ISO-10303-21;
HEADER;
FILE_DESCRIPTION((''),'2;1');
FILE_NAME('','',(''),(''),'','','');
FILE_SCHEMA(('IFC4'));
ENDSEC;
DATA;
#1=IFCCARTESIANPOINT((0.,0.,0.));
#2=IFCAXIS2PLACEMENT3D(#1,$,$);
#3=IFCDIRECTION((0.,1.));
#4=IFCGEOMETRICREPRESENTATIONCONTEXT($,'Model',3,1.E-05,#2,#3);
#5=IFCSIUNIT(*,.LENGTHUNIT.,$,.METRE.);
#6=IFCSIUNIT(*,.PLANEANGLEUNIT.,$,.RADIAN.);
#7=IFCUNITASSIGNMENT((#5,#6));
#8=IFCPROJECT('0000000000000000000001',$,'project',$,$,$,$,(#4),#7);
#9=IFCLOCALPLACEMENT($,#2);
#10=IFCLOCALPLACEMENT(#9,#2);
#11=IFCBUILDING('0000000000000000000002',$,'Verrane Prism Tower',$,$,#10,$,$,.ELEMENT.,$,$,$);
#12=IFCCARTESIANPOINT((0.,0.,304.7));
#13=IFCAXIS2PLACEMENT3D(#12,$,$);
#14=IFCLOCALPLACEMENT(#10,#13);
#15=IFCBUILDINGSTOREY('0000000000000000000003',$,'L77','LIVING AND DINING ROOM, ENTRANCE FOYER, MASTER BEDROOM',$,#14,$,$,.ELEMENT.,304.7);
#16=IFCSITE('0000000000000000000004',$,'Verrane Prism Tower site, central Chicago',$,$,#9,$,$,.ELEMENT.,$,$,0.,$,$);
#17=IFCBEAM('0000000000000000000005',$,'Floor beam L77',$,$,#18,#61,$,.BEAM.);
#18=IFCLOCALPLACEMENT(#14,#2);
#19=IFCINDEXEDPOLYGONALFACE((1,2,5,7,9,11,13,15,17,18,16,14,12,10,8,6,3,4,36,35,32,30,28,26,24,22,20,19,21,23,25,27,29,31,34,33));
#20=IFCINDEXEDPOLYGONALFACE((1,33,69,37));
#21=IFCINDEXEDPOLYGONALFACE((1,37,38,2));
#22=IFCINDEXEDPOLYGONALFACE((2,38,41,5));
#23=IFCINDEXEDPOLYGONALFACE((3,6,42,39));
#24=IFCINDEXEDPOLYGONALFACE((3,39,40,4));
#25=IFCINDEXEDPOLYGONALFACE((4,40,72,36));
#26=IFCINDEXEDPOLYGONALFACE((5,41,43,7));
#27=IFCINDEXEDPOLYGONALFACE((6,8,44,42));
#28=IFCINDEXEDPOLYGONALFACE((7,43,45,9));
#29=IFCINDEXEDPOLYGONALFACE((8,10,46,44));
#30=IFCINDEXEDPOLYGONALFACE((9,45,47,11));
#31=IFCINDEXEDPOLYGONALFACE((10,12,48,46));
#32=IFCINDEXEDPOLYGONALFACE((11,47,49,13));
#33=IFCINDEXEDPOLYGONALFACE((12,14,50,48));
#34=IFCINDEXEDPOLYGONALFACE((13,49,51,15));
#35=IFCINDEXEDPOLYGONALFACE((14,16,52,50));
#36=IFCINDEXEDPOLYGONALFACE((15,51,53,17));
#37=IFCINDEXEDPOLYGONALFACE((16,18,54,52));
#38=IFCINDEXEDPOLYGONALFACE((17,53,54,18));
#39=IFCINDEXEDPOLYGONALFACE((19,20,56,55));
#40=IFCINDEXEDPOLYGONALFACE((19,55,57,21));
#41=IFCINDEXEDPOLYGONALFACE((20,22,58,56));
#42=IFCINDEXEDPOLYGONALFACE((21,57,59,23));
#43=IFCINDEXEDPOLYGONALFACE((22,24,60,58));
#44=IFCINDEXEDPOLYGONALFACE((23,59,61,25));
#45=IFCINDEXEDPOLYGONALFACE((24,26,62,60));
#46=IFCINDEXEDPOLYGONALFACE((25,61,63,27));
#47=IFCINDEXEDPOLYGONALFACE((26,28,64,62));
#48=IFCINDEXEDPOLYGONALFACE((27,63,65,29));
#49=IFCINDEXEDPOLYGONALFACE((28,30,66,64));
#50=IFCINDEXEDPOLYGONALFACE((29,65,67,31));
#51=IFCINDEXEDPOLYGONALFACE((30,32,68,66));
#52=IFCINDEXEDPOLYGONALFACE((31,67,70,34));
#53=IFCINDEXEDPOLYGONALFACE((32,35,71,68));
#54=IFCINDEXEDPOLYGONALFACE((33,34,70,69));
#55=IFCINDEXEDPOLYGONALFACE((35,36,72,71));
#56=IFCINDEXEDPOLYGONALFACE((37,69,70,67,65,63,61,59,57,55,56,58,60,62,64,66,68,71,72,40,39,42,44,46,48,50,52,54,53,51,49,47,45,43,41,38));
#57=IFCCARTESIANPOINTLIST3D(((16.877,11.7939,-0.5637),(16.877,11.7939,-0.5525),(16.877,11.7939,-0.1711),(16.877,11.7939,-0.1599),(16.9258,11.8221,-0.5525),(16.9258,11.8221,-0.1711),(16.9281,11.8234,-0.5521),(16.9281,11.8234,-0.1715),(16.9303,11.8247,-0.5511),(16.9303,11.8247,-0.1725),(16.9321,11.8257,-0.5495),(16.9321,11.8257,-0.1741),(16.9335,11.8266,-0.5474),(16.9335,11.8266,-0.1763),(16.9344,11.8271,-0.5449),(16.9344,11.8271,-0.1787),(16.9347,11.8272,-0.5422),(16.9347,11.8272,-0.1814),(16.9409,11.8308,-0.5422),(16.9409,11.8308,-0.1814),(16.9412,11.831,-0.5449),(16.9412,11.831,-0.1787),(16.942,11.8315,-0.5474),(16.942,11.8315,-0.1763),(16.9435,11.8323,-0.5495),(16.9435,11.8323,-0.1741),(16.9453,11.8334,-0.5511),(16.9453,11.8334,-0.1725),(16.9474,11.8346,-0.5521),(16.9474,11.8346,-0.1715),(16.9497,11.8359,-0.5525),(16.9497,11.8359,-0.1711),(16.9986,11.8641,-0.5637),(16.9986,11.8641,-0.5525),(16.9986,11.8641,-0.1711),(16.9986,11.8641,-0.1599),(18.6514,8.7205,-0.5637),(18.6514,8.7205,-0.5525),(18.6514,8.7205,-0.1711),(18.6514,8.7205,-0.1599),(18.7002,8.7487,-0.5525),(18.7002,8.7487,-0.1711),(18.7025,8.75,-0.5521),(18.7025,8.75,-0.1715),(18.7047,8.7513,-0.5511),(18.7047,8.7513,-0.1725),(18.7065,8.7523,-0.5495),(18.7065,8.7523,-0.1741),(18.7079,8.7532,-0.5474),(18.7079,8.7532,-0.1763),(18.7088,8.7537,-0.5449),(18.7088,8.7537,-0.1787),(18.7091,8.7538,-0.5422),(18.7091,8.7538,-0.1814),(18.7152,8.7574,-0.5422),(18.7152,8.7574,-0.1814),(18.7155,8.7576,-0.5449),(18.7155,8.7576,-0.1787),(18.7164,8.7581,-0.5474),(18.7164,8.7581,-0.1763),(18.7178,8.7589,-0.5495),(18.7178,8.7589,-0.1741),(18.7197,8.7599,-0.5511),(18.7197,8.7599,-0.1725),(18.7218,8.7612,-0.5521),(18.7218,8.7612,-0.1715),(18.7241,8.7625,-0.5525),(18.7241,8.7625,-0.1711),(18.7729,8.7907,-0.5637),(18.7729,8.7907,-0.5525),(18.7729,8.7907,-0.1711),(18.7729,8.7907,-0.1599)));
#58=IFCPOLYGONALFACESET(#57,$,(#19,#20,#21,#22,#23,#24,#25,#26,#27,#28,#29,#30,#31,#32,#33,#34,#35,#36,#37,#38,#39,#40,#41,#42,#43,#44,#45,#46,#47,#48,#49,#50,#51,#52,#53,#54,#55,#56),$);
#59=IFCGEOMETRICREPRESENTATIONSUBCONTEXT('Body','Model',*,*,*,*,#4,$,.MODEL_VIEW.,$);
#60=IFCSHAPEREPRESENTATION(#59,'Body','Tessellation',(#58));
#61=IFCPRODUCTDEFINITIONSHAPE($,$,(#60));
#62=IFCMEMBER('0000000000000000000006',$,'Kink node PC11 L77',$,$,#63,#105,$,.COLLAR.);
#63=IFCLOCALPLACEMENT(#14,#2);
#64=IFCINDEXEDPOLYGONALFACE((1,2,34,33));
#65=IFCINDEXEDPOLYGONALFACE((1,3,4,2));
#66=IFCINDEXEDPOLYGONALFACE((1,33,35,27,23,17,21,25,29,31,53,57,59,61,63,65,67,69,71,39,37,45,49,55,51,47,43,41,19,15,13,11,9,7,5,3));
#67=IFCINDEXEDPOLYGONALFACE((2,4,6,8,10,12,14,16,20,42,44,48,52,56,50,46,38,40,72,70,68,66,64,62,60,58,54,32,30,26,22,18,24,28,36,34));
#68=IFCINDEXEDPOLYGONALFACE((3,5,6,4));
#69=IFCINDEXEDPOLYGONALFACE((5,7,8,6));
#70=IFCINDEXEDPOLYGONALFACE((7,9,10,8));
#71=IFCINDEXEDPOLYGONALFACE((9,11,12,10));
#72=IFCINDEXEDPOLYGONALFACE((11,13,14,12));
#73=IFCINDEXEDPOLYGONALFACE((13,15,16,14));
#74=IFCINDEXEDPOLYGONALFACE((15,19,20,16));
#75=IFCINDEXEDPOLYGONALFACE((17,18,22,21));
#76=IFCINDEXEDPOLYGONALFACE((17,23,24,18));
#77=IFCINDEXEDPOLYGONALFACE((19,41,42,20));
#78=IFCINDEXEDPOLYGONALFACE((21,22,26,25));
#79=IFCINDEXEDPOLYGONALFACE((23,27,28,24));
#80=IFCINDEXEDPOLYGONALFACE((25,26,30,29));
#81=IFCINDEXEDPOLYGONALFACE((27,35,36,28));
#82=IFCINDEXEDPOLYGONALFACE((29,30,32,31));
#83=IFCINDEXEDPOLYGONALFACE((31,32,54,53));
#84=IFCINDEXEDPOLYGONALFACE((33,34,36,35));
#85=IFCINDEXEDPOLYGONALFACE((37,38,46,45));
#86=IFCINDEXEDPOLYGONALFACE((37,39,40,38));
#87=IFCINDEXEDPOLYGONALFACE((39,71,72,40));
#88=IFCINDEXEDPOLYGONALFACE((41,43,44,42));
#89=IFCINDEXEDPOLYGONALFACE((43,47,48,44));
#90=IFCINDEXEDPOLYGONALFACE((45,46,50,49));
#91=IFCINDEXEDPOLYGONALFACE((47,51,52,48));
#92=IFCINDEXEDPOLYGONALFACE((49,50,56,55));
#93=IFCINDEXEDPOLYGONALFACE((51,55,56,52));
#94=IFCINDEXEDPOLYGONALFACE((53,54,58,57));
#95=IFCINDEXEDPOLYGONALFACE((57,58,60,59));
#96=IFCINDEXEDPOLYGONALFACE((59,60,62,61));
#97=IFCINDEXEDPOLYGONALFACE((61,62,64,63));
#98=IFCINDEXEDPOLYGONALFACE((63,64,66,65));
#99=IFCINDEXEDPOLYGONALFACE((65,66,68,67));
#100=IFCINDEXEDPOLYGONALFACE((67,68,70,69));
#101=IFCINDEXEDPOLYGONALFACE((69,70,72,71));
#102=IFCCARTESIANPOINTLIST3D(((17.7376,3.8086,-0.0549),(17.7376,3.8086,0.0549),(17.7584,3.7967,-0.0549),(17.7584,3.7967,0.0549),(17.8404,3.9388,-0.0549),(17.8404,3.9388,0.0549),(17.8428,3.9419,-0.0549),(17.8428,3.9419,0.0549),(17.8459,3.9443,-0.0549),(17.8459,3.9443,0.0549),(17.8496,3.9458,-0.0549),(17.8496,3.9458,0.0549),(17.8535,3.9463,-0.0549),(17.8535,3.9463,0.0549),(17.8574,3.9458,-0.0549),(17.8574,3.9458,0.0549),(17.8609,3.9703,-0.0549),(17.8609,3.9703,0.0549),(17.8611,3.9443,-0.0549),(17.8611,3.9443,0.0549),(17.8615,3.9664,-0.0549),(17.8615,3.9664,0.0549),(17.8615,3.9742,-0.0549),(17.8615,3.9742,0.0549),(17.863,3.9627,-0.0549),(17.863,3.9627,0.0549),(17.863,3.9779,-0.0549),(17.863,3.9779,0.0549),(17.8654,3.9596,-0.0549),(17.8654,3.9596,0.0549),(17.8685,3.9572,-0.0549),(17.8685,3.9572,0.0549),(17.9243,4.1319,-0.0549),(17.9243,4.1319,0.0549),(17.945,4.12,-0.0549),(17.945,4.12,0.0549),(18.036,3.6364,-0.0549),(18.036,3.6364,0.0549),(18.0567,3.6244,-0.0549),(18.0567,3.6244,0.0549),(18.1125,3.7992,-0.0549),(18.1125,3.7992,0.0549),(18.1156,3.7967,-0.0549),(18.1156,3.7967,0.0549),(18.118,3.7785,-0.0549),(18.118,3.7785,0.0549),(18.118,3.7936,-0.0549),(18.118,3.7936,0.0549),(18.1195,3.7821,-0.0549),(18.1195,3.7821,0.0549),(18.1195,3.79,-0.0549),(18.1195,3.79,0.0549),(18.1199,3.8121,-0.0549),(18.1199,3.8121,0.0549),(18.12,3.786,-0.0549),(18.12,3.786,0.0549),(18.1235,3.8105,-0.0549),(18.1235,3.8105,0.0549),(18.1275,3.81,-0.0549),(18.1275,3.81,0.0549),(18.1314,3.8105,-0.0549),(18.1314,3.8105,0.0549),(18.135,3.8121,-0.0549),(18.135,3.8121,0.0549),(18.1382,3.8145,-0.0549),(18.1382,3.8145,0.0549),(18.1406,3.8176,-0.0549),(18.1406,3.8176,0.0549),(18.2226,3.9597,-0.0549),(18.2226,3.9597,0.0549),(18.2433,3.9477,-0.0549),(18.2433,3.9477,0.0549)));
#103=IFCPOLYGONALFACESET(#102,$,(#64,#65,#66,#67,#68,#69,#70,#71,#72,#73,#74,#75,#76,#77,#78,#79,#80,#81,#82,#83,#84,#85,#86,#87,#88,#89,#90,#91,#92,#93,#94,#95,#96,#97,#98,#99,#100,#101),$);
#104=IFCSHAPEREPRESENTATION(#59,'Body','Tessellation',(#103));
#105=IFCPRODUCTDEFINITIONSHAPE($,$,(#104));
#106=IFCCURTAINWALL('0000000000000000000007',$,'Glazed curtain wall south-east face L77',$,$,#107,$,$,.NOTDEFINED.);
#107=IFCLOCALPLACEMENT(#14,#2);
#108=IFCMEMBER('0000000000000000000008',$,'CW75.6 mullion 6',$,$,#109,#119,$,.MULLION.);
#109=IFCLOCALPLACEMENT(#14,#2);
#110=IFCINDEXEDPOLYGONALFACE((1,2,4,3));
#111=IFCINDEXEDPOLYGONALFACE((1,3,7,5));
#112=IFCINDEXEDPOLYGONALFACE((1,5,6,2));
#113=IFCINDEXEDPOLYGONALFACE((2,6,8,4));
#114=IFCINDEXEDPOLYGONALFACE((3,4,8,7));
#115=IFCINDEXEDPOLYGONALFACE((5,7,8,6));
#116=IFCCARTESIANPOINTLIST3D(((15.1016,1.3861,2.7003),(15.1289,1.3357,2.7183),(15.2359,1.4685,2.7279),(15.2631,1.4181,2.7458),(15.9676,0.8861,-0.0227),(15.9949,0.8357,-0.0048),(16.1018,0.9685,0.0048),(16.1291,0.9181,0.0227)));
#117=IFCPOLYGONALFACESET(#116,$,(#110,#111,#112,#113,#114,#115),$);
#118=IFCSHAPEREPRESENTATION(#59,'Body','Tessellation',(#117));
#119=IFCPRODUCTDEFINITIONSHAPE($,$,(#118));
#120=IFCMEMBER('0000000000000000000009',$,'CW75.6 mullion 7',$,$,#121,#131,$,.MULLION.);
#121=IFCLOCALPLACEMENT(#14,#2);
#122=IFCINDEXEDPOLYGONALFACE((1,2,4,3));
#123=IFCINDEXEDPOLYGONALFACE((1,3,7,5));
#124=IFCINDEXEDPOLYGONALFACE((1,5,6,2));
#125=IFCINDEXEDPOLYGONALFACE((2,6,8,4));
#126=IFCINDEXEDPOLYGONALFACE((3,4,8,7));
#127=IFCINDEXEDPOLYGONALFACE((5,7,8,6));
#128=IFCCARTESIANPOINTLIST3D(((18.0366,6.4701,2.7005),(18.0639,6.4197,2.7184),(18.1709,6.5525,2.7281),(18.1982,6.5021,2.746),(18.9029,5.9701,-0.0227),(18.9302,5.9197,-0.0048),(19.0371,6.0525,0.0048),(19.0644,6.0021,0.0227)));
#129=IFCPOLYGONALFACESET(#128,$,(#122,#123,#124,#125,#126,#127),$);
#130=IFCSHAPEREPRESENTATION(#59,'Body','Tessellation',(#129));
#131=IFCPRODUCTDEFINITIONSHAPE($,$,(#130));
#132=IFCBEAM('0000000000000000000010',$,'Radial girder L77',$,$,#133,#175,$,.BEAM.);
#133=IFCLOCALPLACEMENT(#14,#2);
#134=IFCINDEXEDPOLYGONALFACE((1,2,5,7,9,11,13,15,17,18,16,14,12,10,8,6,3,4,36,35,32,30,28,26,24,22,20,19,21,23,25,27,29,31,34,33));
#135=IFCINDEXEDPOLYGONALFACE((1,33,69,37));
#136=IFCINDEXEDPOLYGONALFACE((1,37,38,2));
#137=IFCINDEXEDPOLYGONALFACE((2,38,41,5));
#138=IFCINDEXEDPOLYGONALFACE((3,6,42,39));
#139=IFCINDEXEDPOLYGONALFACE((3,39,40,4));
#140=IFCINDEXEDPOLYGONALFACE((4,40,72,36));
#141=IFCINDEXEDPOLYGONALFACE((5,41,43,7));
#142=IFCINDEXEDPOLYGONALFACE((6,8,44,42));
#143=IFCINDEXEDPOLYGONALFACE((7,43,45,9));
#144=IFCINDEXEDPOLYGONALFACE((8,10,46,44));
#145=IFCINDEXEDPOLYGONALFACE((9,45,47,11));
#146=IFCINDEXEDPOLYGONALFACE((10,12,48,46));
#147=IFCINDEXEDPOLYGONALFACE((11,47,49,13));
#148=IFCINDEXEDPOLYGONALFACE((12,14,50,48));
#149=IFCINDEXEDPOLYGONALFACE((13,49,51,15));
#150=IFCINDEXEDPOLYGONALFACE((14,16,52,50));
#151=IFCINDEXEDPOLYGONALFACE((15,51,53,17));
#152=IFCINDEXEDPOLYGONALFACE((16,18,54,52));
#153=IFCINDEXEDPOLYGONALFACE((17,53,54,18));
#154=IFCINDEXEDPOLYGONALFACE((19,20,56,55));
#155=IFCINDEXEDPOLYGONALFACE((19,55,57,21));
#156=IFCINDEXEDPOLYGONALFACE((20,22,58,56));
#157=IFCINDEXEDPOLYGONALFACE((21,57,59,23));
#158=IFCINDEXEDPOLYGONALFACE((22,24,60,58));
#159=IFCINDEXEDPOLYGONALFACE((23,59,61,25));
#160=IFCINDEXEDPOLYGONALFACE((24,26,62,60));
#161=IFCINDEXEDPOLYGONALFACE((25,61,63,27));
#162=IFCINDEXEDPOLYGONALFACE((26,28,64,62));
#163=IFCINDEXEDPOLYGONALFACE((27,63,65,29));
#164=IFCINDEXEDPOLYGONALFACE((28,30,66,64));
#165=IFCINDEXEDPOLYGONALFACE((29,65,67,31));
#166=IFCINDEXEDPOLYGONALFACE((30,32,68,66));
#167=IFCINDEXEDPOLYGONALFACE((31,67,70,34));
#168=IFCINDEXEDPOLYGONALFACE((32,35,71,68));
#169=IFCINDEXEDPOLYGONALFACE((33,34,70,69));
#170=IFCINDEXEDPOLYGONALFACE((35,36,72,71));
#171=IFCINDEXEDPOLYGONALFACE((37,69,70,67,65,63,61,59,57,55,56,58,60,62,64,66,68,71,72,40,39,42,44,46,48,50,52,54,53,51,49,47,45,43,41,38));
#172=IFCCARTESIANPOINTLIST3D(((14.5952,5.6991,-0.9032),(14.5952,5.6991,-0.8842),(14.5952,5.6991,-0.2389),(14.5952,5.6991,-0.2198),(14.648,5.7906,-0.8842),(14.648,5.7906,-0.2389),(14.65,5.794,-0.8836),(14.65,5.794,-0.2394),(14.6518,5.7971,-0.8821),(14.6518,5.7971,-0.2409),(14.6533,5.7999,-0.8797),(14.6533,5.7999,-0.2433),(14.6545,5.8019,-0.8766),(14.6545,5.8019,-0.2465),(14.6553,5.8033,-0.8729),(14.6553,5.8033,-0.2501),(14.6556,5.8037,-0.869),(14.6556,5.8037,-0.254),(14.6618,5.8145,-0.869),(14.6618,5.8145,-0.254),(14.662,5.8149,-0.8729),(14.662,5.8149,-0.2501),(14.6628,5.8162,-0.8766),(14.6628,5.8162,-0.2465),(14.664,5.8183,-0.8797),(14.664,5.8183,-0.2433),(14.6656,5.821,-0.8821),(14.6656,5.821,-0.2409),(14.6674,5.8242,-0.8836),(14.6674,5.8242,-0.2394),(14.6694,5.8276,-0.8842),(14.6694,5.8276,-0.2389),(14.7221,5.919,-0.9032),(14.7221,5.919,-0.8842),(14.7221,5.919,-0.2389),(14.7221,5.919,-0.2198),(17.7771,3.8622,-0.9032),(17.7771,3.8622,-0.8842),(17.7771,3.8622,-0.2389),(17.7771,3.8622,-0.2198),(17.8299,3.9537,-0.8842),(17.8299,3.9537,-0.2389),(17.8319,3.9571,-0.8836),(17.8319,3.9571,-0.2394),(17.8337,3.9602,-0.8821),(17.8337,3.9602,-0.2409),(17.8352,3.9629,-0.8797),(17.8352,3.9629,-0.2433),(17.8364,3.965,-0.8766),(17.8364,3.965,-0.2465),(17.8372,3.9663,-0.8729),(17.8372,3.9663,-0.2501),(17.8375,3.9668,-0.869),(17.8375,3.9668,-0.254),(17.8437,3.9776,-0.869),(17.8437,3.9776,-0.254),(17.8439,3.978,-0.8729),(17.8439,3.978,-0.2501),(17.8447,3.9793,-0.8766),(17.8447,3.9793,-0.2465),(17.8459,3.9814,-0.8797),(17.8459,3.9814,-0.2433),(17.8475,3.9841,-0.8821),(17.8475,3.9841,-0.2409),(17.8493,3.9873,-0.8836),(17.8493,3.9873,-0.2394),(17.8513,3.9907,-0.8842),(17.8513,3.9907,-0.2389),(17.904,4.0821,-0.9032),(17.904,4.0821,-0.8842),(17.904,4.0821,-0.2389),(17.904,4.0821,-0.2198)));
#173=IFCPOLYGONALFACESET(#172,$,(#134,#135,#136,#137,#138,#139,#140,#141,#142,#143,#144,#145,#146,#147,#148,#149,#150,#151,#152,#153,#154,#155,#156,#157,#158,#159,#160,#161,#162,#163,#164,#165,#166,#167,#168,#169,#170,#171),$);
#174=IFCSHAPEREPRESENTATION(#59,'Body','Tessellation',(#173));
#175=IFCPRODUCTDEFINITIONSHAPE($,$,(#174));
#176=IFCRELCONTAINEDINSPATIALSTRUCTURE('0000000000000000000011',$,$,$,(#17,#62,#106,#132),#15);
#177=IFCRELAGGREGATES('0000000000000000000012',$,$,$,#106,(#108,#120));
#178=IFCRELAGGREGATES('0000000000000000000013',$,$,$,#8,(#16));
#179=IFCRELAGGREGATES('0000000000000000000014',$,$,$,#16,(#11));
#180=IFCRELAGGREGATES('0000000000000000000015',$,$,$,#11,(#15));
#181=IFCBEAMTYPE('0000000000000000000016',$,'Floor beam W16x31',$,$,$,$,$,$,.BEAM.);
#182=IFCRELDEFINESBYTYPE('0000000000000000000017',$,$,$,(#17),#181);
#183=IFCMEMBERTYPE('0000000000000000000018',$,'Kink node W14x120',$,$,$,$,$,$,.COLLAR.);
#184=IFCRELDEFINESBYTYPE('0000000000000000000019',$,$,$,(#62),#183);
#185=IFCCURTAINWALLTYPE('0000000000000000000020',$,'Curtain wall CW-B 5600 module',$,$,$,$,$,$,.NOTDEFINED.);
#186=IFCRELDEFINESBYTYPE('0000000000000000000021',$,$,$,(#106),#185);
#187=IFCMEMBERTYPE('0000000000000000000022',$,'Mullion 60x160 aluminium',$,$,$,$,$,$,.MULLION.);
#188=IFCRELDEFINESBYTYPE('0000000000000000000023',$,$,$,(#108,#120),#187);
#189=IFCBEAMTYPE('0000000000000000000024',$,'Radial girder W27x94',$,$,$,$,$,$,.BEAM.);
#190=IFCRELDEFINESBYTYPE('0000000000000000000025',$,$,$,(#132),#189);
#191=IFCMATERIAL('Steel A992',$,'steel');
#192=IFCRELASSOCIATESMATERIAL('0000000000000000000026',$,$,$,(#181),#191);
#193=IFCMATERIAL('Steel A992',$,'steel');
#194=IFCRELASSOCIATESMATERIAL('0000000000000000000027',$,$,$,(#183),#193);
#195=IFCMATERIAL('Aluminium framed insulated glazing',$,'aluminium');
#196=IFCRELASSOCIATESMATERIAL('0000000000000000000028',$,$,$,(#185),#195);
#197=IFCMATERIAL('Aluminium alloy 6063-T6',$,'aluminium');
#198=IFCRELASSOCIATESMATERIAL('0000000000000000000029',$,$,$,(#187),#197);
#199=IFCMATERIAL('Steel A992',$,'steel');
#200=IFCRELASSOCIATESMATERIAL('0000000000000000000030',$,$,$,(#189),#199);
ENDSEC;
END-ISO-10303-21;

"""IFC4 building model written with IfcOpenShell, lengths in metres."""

from ifc_helpers import new_model, si_unit, direction, frame, origin, origin_2d, place, context, subcontext, project, spatial, rectangle, i_section, extrude, material, material_profile, profile_set, type_object, element, aggregate, save


model = new_model("IFC4")

# Units and contexts
model_context = context("Model", 3, precision=1e-05, world=origin(), true_north=direction((0.0, 1.0)))
body_context = subcontext(model_context, "Body", "Model", "MODEL_VIEW")
ifc_project = project(units=[si_unit("LENGTHUNIT", "METRE"), si_unit("PLANEANGLEUNIT", "RADIAN")], contexts=[model_context])

# Site, building, storey
site_placement = place(None, origin())
site = spatial("IfcSite", under=ifc_project, at=site_placement, Name="Verrane Prism Tower site, central Chicago", CompositionType="ELEMENT", RefElevation=0.0)
building_placement = place(site_placement, origin())
building = spatial("IfcBuilding", under=site, at=building_placement, Name="Verrane Prism Tower", CompositionType="ELEMENT")
storey_placement = place(building_placement, frame((0.0, 0.0, 304.7)))
storey = spatial("IfcBuildingStorey", under=building, at=storey_placement, Name="L77", Description="LIVING AND DINING ROOM, ENTRANCE FOYER, MASTER BEDROOM", CompositionType="ELEMENT", Elevation=304.7)

# Beam
ifc_material_1 = material(Name="Steel A992", Category="steel")
ifc_material_profile_1 = material_profile(ifc_material_1, i_section(OverallWidth=0.1404, OverallDepth=0.4038, WebThickness=0.0071, FlangeThickness=0.0112, FilletRadius=0.0103, at=origin_2d()), Name="W16x31")
ifc_profile_set_1 = profile_set([ifc_material_profile_1], Name="Steel A992")
beam_type_1 = type_object("IfcBeamType", Name="Floor beam W16x31", PredefinedType="BEAM", material=ifc_profile_set_1)
beam_1_placement = place(storey_placement, frame((18.7122, 8.7556, -0.3618), z_axis=(-0.499986, 0.866033, 0.0), x_axis=(-0.866033, -0.499986, 0.0)))
element("IfcBeam", 1, at=beam_1_placement, inside=storey, type_object=beam_type_1, Name="Floor beam L77", PredefinedType="BEAM", context=body_context, shape_type="SweptSolid", body=[
    extrude(i_section(OverallWidth=0.1404, OverallDepth=0.4038, WebThickness=0.0071, FlangeThickness=0.0112, FilletRadius=0.0103, at=origin_2d()), origin(), (0.0, 0.0, 1.0), 3.5488),
])

# Member
ifc_material_2 = material(Name="Steel A992", Category="steel")
ifc_material_profile_2 = material_profile(ifc_material_2, i_section(OverallWidth=0.3733, OverallDepth=0.3684, WebThickness=0.0149, FlangeThickness=0.0239, FilletRadius=0.0151, at=origin_2d()), Name="W14x120")
ifc_profile_set_2 = profile_set([ifc_material_profile_2], Name="Steel A992")
member_type_1 = type_object("IfcMemberType", Name="Kink node W14x120", PredefinedType="COLLAR", material=ifc_profile_set_2)
member_1_placement = place(storey_placement, frame((17.9905, 3.8782, -0.0549), z_axis=(0.0, 0.0, 1.0), x_axis=(-0.5, -0.866025, 0.0)))
element("IfcMember", 2, at=member_1_placement, inside=storey, type_object=member_type_1, Name="Kink node PC11 L77", PredefinedType="COLLAR", context=body_context, shape_type="SweptSolid", body=[
    extrude(i_section(OverallWidth=0.3733, OverallDepth=0.3684, WebThickness=0.0149, FlangeThickness=0.0239, FilletRadius=0.0151, at=origin_2d()), origin(), (0.0, 0.0, 1.0), 0.1099),
])

# Curtain wall, members
ifc_material_3 = material(Name="Aluminium framed insulated glazing", Category="aluminium")
curtain_wall_type = type_object("IfcCurtainWallType", Name="Curtain wall CW-B 5600 module", PredefinedType="NOTDEFINED", material=ifc_material_3)
curtain_wall_placement = place(storey_placement, origin())
curtain_wall = element("IfcCurtainWall", 3, at=curtain_wall_placement, inside=storey, type_object=curtain_wall_type, Name="Glazed curtain wall south-east face L77", PredefinedType="NOTDEFINED")
ifc_material_4 = material(Name="Aluminium alloy 6063-T6", Category="aluminium")
ifc_material_profile_3 = material_profile(ifc_material_4, rectangle(XDim=0.1599, YDim=0.0601, at=origin_2d()), Name="Mullion 60x160 aluminium")
ifc_profile_set_3 = profile_set([ifc_material_profile_3], Name="Aluminium alloy 6063-T6")
member_type_2 = type_object("IfcMemberType", Name="Mullion 60x160 aluminium", PredefinedType="MULLION", material=ifc_profile_set_3)
member_2_placement = place(storey_placement, frame((16.0483, 0.9021, 0.0), z_axis=(-0.298513, 0.172358, 0.938713), x_axis=(0.839503, 0.515296, 0.17235)))
member_2 = element("IfcMember", 4, at=member_2_placement, type_object=member_type_2, Name="CW75.6 mullion 6", PredefinedType="MULLION", context=body_context, shape_type="SweptSolid", body=[
    extrude(rectangle(XDim=0.1599, YDim=0.0601, at=origin_2d()), origin(), (0.0, 0.0, 1.0), 2.9009),
])
member_3_placement = place(storey_placement, frame((18.9836, 5.9861, 0.0), z_axis=(-0.29859, 0.172354, 0.93869), x_axis=(0.83943, 0.515405, 0.172382)))
member_3 = element("IfcMember", 5, at=member_3_placement, type_object=member_type_2, Name="CW75.6 mullion 7", PredefinedType="MULLION", context=body_context, shape_type="SweptSolid", body=[
    extrude(rectangle(XDim=0.1599, YDim=0.0601, at=origin_2d()), origin(), (0.0, 0.0, 1.0), 2.9011),
])

# Beam
ifc_material_5 = material(Name="Steel A992", Category="steel")
ifc_material_profile_4 = material_profile(ifc_material_5, i_section(OverallWidth=0.2539, OverallDepth=0.6833, WebThickness=0.0125, FlangeThickness=0.019, FilletRadius=0.0151, at=origin_2d()), Name="W27x94")
ifc_profile_set_4 = profile_set([ifc_material_profile_4], Name="Steel A992")
beam_type_2 = type_object("IfcBeamType", Name="Radial girder W27x94", PredefinedType="BEAM", material=ifc_profile_set_4)
beam_2_placement = place(storey_placement, frame((17.8406, 3.9722, -0.5615), z_axis=(-0.866043, 0.49997, 0.0), x_axis=(-0.49997, -0.866043, 0.0)))
element("IfcBeam", 6, at=beam_2_placement, inside=storey, type_object=beam_type_2, Name="Radial girder L77", PredefinedType="BEAM", context=body_context, shape_type="SweptSolid", body=[
    extrude(i_section(OverallWidth=0.2539, OverallDepth=0.6833, WebThickness=0.0125, FlangeThickness=0.019, FilletRadius=0.0151, at=origin_2d()), origin(), (0.0, 0.0, 1.0), 3.6741),
])

aggregate(curtain_wall, [member_2, member_3])

save(model, "model.ifc")
